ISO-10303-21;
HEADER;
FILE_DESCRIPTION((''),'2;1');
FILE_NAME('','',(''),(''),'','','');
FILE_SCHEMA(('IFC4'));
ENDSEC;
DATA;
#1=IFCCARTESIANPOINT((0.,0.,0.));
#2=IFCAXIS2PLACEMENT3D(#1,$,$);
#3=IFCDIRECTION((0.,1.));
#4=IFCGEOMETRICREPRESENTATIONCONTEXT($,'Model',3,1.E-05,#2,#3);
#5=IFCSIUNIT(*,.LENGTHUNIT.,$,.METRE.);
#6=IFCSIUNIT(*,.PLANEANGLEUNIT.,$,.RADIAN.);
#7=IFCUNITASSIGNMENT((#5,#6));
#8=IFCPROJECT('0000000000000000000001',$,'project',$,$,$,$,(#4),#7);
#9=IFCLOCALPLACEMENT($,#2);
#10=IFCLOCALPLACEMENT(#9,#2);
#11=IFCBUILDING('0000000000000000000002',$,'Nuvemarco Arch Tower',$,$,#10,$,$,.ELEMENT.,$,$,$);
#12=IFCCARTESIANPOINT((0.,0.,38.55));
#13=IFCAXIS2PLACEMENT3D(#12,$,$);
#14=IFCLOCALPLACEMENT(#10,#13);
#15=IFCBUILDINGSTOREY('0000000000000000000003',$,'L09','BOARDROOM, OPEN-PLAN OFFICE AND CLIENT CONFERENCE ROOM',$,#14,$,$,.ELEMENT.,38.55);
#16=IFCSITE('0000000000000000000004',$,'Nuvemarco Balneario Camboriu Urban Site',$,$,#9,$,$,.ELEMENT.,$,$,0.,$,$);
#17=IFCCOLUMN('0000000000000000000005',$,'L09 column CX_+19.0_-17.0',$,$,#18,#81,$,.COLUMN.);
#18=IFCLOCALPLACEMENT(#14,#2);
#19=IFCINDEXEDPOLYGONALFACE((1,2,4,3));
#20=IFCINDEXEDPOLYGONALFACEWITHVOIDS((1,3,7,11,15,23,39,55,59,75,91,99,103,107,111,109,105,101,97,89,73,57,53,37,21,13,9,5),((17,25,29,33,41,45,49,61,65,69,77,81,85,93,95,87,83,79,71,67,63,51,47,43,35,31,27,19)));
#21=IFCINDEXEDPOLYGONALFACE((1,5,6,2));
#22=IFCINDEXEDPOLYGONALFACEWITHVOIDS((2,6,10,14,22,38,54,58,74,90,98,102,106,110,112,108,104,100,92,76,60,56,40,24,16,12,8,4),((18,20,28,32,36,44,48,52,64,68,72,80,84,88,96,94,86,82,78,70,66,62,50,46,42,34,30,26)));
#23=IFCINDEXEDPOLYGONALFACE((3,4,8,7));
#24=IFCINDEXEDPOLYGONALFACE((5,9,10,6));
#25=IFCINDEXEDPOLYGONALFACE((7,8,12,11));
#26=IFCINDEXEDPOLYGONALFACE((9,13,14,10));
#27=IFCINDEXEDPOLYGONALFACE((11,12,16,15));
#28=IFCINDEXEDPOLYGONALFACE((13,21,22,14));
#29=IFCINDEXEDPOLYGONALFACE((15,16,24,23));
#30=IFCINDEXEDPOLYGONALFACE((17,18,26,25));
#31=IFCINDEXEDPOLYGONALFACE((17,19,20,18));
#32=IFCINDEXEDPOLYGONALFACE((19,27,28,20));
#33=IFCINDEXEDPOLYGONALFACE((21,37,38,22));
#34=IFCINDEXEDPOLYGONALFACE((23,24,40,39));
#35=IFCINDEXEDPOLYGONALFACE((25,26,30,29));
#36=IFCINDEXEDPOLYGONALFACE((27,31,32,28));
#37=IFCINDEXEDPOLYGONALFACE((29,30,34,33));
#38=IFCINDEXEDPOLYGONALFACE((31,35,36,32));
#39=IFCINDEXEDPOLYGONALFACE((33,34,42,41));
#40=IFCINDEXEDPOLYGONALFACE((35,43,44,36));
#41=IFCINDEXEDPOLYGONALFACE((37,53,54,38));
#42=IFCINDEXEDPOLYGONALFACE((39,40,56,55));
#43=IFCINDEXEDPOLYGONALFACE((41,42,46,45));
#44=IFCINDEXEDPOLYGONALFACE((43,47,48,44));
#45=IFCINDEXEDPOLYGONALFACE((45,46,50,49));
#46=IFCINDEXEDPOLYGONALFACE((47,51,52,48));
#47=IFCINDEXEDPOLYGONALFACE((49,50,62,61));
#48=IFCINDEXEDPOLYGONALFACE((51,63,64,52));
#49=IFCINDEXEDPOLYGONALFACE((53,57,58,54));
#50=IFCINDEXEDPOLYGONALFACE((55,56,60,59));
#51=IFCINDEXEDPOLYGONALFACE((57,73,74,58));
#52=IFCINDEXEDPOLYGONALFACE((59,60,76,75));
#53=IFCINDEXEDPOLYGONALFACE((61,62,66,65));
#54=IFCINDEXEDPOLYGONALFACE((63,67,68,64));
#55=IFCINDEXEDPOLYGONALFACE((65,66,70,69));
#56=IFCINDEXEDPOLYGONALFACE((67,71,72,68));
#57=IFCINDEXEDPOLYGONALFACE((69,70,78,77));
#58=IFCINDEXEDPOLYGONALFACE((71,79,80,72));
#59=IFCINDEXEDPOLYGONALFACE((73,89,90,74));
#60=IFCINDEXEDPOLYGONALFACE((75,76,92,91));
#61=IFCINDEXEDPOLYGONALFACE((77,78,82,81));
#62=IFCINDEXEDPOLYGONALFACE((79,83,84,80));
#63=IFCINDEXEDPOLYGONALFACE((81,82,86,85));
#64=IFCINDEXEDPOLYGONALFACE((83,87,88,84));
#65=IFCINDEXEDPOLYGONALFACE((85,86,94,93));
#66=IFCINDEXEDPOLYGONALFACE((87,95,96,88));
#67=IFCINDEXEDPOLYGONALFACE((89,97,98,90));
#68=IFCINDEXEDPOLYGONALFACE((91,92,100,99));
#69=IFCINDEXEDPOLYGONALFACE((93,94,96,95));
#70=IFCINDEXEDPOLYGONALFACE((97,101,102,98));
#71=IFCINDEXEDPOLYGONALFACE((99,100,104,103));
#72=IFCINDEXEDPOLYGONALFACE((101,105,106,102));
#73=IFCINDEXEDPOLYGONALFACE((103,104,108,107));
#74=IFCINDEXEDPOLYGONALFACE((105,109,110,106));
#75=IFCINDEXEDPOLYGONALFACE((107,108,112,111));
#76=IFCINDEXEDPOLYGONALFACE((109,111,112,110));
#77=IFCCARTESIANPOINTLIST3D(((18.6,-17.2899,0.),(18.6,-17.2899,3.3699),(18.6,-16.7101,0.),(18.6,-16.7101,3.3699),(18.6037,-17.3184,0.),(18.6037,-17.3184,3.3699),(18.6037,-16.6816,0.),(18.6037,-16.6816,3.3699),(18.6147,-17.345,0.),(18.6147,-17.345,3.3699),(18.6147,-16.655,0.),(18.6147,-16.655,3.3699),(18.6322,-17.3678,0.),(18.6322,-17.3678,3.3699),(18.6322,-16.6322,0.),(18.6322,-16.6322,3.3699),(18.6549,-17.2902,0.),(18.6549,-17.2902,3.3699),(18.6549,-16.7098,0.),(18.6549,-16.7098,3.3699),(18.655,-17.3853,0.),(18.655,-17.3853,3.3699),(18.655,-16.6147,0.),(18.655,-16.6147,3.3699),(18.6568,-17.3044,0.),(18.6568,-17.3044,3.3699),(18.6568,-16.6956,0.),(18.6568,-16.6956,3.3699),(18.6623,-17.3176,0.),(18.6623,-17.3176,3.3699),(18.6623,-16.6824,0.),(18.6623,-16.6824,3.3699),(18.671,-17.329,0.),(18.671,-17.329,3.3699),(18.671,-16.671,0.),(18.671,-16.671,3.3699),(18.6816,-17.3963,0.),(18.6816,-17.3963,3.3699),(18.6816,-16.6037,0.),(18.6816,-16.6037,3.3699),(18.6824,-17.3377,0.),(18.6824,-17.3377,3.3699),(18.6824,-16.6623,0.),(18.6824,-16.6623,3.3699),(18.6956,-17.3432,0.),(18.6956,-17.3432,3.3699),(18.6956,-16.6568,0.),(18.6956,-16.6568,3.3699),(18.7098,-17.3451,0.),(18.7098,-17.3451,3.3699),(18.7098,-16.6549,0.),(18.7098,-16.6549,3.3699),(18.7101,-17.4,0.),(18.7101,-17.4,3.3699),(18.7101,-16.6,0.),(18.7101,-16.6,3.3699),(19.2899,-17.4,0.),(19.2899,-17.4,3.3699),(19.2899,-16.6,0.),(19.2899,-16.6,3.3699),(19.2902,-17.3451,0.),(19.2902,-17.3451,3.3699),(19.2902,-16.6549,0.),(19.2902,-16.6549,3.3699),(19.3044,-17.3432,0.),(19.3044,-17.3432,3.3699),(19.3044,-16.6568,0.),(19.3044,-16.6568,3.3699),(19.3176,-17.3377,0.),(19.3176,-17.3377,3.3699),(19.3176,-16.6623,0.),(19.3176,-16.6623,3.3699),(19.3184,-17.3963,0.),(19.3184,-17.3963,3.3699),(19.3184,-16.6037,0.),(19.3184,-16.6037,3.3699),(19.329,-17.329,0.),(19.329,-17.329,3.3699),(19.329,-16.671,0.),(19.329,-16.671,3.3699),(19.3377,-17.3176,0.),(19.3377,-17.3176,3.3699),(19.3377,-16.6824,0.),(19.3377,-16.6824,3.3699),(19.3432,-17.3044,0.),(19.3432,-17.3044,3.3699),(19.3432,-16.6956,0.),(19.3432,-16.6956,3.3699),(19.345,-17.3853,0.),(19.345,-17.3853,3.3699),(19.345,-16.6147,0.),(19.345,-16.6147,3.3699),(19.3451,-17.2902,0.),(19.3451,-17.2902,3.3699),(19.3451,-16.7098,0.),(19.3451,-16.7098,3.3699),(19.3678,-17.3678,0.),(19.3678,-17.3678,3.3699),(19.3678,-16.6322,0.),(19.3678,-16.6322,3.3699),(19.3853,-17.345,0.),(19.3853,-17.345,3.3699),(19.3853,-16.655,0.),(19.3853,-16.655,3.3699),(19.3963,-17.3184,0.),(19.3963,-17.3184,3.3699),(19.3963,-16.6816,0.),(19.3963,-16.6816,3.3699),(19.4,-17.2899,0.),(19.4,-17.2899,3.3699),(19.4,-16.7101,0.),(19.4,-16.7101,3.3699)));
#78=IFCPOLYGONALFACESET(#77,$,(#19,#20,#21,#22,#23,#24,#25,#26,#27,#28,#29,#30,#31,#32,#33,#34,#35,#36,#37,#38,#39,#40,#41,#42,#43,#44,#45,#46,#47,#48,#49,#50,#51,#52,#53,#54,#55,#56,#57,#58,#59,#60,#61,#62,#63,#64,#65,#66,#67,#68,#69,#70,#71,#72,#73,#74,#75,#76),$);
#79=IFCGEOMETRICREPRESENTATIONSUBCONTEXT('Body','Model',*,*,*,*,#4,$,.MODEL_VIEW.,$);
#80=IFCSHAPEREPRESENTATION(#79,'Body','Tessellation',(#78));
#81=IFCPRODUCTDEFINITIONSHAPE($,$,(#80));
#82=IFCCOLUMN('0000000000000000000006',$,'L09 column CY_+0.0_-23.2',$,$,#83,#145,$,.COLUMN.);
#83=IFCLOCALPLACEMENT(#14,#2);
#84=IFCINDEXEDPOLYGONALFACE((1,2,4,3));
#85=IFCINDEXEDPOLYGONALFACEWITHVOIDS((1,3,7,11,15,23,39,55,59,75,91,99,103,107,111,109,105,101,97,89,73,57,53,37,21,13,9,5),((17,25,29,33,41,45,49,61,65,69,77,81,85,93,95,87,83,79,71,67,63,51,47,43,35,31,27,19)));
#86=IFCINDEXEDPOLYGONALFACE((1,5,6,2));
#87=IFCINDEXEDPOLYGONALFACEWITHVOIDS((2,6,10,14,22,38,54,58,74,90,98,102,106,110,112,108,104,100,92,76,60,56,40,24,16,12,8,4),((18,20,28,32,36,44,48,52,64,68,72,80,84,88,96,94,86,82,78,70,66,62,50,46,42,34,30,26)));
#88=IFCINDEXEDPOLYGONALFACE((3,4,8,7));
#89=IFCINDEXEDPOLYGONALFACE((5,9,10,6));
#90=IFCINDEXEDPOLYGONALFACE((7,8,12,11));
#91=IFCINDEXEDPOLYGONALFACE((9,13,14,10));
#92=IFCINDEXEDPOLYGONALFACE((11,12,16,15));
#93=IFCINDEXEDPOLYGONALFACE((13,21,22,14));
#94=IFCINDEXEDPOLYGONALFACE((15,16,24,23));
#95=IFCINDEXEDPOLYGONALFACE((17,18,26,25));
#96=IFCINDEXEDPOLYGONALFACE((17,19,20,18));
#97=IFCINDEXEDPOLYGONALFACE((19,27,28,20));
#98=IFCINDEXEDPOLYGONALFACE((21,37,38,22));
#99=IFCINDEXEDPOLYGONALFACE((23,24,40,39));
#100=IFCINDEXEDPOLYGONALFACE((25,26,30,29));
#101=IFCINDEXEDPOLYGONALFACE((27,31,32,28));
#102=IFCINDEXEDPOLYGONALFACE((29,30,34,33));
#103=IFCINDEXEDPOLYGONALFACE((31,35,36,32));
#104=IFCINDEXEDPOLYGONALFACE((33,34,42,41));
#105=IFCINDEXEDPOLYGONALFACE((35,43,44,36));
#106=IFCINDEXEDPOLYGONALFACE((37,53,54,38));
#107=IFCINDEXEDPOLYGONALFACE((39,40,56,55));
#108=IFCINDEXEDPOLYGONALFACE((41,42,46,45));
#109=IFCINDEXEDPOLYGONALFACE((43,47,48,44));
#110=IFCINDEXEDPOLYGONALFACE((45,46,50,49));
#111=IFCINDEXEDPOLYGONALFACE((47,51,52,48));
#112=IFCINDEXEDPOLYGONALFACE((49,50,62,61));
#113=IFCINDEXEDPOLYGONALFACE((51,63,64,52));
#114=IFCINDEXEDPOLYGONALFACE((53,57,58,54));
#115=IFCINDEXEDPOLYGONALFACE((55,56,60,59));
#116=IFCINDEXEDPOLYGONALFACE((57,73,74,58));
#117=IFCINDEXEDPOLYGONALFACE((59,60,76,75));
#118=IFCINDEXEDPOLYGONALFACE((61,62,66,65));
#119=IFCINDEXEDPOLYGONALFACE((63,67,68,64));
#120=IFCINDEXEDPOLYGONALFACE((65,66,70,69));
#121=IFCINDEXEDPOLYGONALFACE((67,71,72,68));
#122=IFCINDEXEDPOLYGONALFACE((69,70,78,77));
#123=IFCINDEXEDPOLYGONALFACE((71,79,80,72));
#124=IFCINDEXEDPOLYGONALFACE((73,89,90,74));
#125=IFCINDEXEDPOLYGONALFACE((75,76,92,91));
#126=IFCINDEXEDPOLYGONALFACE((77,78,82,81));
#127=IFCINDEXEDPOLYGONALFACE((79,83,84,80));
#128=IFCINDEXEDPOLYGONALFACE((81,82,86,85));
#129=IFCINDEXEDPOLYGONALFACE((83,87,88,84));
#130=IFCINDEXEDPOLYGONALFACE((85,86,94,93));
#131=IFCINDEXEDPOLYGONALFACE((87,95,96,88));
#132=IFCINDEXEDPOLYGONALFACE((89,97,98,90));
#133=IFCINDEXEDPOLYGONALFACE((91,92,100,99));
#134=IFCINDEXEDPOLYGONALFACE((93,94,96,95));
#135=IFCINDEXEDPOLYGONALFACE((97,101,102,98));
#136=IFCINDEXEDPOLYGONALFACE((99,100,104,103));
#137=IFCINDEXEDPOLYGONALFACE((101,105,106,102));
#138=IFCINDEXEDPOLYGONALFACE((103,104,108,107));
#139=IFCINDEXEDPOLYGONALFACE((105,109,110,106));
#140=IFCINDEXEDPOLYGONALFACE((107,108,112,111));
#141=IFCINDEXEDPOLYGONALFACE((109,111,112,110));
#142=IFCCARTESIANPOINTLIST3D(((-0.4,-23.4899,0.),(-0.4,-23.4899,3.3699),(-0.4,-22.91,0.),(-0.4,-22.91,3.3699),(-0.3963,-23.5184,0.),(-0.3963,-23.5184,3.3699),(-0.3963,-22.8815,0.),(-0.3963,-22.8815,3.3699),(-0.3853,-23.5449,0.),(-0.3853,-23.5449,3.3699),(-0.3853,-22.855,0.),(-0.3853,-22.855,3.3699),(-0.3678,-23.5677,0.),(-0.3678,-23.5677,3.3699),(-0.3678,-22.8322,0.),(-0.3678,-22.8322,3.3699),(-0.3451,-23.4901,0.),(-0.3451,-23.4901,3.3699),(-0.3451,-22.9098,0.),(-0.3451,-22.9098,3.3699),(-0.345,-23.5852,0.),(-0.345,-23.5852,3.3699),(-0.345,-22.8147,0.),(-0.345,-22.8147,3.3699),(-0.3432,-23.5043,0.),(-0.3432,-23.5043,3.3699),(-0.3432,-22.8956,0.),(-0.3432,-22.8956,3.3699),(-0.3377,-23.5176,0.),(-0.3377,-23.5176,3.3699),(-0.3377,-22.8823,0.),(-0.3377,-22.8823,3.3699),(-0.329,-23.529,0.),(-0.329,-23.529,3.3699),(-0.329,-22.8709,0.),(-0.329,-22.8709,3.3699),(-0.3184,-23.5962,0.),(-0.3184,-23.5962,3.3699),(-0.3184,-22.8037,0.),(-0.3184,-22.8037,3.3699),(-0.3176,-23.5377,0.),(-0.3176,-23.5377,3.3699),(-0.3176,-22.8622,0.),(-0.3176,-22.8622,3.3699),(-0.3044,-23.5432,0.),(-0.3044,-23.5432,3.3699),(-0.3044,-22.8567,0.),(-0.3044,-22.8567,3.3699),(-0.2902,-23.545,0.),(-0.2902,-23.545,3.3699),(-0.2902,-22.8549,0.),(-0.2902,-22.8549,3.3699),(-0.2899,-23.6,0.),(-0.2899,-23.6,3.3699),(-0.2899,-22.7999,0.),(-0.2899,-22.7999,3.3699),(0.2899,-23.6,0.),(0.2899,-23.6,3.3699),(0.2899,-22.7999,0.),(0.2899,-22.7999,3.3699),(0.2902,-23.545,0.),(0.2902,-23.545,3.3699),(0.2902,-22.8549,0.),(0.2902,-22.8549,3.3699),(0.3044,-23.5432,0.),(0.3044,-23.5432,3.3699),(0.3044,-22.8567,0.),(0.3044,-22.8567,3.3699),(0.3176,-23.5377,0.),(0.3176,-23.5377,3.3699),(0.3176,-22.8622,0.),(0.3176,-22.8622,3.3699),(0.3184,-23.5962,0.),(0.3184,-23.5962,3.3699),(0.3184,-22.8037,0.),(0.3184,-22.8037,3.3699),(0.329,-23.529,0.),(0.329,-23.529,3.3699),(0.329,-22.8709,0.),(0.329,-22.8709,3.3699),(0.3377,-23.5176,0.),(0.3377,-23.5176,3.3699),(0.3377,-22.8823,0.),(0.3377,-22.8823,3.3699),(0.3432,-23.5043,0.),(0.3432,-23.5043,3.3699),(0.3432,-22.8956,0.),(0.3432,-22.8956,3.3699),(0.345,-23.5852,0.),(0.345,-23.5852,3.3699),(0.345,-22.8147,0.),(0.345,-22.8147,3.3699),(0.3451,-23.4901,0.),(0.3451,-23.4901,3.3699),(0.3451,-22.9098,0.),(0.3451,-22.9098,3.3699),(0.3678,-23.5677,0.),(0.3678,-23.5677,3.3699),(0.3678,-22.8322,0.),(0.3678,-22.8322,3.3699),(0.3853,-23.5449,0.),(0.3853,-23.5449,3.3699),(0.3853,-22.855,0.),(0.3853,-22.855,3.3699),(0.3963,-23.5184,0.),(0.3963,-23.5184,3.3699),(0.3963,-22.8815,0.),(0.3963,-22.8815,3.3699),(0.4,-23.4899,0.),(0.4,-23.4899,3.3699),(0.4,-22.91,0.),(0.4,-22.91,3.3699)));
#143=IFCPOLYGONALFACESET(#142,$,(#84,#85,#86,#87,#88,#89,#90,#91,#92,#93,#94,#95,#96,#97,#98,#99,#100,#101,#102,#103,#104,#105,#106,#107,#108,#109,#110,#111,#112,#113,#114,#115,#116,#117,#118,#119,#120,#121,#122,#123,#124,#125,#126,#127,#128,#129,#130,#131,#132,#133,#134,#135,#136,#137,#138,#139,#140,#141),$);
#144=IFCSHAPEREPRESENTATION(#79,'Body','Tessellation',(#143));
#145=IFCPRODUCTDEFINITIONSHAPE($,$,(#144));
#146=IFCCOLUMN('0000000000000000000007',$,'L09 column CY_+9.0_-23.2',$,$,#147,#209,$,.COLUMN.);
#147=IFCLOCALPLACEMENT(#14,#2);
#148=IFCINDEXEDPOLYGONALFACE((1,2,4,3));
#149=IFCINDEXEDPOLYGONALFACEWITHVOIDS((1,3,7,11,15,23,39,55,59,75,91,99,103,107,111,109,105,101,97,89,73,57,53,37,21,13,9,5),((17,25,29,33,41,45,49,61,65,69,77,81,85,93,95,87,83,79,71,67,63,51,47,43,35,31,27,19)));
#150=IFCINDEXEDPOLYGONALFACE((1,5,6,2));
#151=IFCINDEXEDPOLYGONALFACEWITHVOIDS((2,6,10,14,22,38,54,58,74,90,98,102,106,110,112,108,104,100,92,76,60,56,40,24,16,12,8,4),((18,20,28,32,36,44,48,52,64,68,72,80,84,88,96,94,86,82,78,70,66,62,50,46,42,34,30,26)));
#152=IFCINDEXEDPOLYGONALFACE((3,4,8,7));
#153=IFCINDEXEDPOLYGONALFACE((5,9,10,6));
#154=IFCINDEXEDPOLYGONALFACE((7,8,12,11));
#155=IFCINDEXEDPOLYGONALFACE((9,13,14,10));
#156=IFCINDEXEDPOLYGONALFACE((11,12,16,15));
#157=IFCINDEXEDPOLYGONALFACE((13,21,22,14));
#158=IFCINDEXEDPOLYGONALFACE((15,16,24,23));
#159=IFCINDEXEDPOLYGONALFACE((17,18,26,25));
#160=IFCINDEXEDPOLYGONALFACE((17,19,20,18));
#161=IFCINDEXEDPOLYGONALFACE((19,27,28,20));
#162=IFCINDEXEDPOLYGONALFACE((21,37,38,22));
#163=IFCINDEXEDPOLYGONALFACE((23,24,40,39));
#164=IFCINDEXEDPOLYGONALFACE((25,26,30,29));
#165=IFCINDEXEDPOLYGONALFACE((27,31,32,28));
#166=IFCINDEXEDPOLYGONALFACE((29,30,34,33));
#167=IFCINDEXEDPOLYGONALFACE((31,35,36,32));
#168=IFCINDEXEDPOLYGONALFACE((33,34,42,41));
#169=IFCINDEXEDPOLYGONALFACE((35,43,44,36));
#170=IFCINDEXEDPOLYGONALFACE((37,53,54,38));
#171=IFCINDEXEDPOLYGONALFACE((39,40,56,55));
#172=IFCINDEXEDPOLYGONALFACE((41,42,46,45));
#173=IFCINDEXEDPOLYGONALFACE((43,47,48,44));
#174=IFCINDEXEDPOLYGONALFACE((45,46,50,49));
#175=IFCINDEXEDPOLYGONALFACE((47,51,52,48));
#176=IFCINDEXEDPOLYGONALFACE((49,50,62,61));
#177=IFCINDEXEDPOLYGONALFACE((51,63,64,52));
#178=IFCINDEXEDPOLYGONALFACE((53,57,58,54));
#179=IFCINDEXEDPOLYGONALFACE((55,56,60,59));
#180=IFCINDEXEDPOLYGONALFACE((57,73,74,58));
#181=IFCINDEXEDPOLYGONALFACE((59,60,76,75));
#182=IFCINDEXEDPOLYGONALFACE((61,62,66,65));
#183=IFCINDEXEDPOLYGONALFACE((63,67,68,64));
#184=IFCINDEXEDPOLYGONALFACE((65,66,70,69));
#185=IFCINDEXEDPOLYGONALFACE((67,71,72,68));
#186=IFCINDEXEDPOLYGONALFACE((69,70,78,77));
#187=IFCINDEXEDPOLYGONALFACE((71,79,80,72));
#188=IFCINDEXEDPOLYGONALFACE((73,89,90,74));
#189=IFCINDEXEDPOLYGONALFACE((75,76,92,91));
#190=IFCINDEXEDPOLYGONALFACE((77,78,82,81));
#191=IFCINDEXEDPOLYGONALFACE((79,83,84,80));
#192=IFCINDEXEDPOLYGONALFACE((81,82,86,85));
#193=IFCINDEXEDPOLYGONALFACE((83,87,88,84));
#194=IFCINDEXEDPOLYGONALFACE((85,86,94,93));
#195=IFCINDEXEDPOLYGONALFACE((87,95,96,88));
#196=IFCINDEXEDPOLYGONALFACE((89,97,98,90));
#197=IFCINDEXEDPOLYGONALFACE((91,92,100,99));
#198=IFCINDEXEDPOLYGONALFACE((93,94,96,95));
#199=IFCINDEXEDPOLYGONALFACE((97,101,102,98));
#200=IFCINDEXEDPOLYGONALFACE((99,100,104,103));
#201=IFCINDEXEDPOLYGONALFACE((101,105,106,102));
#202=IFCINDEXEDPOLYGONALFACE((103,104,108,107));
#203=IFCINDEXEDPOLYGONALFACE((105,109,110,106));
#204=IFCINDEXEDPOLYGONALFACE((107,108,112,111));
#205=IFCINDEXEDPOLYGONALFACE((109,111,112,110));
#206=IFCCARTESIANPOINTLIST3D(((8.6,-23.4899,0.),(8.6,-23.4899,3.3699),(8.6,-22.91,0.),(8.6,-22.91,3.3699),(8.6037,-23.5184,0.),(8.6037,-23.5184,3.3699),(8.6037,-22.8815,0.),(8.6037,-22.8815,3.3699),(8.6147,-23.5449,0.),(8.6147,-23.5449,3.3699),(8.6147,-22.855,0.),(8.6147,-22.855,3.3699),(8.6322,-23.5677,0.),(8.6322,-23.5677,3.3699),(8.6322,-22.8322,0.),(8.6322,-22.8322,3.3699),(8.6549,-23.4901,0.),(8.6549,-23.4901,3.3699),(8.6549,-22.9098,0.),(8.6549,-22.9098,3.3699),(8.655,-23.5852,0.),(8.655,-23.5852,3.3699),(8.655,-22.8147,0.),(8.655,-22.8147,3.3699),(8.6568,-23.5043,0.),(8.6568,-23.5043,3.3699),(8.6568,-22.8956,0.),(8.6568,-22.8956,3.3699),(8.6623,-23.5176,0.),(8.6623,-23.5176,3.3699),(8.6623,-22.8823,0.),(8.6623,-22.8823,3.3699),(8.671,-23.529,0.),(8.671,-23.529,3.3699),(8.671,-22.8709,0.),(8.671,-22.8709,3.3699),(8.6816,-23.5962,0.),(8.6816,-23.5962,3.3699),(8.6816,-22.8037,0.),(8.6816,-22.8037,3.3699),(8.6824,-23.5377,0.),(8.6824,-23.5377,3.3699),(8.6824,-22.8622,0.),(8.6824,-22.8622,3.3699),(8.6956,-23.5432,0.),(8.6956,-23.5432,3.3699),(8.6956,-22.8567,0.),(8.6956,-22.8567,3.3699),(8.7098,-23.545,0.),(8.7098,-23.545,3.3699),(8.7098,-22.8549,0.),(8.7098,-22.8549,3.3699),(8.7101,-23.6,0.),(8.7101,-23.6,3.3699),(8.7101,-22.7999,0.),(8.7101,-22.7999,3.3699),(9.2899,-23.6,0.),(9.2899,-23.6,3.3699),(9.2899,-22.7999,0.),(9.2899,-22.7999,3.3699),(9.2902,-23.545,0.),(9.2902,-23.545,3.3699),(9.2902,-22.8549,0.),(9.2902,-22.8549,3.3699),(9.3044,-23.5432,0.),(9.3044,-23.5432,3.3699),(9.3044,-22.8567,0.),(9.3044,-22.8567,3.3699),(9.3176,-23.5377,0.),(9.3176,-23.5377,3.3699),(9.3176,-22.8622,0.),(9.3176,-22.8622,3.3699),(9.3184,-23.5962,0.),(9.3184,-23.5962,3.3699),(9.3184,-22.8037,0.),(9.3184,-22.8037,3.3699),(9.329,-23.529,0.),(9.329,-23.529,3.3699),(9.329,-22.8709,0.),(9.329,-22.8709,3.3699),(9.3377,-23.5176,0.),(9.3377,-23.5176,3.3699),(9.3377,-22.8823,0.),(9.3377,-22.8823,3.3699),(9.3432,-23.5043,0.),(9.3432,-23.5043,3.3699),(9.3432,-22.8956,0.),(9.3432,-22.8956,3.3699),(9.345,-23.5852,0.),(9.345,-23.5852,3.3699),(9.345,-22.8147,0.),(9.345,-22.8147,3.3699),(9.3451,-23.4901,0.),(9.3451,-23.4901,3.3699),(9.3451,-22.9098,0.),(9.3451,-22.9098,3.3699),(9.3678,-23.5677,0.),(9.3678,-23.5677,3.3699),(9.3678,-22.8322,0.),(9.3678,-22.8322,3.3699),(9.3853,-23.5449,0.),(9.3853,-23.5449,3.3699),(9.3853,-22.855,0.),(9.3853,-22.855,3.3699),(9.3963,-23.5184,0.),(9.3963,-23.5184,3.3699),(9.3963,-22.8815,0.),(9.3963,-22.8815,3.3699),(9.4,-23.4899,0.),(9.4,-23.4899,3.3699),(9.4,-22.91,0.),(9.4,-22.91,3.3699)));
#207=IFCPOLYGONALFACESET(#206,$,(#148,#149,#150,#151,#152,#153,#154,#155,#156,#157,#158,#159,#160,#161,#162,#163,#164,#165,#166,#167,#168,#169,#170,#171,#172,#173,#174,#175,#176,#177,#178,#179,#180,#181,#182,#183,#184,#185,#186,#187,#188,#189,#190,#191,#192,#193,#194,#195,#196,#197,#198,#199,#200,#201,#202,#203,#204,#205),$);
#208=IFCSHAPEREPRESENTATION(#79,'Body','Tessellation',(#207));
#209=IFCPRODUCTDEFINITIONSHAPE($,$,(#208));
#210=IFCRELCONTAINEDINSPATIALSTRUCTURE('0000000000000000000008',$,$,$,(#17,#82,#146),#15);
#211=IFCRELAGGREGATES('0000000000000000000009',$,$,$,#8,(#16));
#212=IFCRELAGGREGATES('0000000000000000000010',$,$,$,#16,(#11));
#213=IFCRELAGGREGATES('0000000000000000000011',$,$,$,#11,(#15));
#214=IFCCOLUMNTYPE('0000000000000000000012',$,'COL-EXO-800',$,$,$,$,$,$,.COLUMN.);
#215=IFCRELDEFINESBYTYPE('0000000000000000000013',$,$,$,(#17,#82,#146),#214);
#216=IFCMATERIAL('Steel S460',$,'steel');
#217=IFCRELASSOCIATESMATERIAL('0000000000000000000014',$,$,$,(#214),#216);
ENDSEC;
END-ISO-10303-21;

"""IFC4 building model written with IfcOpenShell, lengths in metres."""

from ifc_helpers import new_model, si_unit, direction, frame, origin, origin_2d, place, context, subcontext, project, spatial, hollow_rectangle, extrude, material, material_profile, profile_set, type_object, element, save


model = new_model("IFC4")

# Units and contexts
model_context = context("Model", 3, precision=1e-05, world=origin(), true_north=direction((0.0, 1.0)))
body_context = subcontext(model_context, "Body", "Model", "MODEL_VIEW")
ifc_project = project(units=[si_unit("LENGTHUNIT", "METRE"), si_unit("PLANEANGLEUNIT", "RADIAN")], contexts=[model_context])

# Site, building, storey
site_placement = place(None, origin())
site = spatial("IfcSite", under=ifc_project, at=site_placement, Name="Nuvemarco Balneario Camboriu Urban Site", CompositionType="ELEMENT", RefElevation=0.0)
building_placement = place(site_placement, origin())
building = spatial("IfcBuilding", under=site, at=building_placement, Name="Nuvemarco Arch Tower", CompositionType="ELEMENT")
storey_placement = place(building_placement, frame((0.0, 0.0, 38.55)))
storey = spatial("IfcBuildingStorey", under=building, at=storey_placement, Name="L09", Description="BOARDROOM, OPEN-PLAN OFFICE AND CLIENT CONFERENCE ROOM", CompositionType="ELEMENT", Elevation=38.55)

# Columns
ifc_material_1 = material(Name="Steel S460", Category="steel")
ifc_material_profile_1 = material_profile(ifc_material_1, hollow_rectangle(XDim=0.8, YDim=0.8, WallThickness=0.0549, InnerFilletRadius=0.0549, OuterFilletRadius=0.1101, at=origin_2d()), Name="SHS800x800x55")
ifc_profile_set_1 = profile_set([ifc_material_profile_1], Name="Steel S460")
column_type_1 = type_object("IfcColumnType", Name="COL-EXO-800", PredefinedType="COLUMN", material=ifc_profile_set_1)
for number, where, z_axis, x_axis, name in (
    (1, (19.0, -17.0, 0.0), (0.0, 0.0, 1.0), (1.0, 0.0, 0.0), "L09 column CX_+19.0_-17.0"),
    (2, (0.0, -23.2, 0.0), (0.0, 0.0, 1.0), (1.0, 0.0, 0.0), "L09 column CY_+0.0_-23.2"),
    (3, (9.0, -23.2, 0.0), (0.0, 0.0, 1.0), (1.0, 0.0, 0.0), "L09 column CY_+9.0_-23.2"),
):
    element("IfcColumn", number, at=place(storey_placement, frame(where, z_axis=z_axis, x_axis=x_axis)), inside=storey, type_object=column_type_1, Name=name, PredefinedType="COLUMN", context=body_context, shape_type="SweptSolid", body=[
        extrude(hollow_rectangle(XDim=0.8, YDim=0.8, WallThickness=0.0549, InnerFilletRadius=0.0549, OuterFilletRadius=0.1101, at=origin_2d()), origin(), (0.0, 0.0, 1.0), 3.3699),
    ])

save(model, "model.ifc")
